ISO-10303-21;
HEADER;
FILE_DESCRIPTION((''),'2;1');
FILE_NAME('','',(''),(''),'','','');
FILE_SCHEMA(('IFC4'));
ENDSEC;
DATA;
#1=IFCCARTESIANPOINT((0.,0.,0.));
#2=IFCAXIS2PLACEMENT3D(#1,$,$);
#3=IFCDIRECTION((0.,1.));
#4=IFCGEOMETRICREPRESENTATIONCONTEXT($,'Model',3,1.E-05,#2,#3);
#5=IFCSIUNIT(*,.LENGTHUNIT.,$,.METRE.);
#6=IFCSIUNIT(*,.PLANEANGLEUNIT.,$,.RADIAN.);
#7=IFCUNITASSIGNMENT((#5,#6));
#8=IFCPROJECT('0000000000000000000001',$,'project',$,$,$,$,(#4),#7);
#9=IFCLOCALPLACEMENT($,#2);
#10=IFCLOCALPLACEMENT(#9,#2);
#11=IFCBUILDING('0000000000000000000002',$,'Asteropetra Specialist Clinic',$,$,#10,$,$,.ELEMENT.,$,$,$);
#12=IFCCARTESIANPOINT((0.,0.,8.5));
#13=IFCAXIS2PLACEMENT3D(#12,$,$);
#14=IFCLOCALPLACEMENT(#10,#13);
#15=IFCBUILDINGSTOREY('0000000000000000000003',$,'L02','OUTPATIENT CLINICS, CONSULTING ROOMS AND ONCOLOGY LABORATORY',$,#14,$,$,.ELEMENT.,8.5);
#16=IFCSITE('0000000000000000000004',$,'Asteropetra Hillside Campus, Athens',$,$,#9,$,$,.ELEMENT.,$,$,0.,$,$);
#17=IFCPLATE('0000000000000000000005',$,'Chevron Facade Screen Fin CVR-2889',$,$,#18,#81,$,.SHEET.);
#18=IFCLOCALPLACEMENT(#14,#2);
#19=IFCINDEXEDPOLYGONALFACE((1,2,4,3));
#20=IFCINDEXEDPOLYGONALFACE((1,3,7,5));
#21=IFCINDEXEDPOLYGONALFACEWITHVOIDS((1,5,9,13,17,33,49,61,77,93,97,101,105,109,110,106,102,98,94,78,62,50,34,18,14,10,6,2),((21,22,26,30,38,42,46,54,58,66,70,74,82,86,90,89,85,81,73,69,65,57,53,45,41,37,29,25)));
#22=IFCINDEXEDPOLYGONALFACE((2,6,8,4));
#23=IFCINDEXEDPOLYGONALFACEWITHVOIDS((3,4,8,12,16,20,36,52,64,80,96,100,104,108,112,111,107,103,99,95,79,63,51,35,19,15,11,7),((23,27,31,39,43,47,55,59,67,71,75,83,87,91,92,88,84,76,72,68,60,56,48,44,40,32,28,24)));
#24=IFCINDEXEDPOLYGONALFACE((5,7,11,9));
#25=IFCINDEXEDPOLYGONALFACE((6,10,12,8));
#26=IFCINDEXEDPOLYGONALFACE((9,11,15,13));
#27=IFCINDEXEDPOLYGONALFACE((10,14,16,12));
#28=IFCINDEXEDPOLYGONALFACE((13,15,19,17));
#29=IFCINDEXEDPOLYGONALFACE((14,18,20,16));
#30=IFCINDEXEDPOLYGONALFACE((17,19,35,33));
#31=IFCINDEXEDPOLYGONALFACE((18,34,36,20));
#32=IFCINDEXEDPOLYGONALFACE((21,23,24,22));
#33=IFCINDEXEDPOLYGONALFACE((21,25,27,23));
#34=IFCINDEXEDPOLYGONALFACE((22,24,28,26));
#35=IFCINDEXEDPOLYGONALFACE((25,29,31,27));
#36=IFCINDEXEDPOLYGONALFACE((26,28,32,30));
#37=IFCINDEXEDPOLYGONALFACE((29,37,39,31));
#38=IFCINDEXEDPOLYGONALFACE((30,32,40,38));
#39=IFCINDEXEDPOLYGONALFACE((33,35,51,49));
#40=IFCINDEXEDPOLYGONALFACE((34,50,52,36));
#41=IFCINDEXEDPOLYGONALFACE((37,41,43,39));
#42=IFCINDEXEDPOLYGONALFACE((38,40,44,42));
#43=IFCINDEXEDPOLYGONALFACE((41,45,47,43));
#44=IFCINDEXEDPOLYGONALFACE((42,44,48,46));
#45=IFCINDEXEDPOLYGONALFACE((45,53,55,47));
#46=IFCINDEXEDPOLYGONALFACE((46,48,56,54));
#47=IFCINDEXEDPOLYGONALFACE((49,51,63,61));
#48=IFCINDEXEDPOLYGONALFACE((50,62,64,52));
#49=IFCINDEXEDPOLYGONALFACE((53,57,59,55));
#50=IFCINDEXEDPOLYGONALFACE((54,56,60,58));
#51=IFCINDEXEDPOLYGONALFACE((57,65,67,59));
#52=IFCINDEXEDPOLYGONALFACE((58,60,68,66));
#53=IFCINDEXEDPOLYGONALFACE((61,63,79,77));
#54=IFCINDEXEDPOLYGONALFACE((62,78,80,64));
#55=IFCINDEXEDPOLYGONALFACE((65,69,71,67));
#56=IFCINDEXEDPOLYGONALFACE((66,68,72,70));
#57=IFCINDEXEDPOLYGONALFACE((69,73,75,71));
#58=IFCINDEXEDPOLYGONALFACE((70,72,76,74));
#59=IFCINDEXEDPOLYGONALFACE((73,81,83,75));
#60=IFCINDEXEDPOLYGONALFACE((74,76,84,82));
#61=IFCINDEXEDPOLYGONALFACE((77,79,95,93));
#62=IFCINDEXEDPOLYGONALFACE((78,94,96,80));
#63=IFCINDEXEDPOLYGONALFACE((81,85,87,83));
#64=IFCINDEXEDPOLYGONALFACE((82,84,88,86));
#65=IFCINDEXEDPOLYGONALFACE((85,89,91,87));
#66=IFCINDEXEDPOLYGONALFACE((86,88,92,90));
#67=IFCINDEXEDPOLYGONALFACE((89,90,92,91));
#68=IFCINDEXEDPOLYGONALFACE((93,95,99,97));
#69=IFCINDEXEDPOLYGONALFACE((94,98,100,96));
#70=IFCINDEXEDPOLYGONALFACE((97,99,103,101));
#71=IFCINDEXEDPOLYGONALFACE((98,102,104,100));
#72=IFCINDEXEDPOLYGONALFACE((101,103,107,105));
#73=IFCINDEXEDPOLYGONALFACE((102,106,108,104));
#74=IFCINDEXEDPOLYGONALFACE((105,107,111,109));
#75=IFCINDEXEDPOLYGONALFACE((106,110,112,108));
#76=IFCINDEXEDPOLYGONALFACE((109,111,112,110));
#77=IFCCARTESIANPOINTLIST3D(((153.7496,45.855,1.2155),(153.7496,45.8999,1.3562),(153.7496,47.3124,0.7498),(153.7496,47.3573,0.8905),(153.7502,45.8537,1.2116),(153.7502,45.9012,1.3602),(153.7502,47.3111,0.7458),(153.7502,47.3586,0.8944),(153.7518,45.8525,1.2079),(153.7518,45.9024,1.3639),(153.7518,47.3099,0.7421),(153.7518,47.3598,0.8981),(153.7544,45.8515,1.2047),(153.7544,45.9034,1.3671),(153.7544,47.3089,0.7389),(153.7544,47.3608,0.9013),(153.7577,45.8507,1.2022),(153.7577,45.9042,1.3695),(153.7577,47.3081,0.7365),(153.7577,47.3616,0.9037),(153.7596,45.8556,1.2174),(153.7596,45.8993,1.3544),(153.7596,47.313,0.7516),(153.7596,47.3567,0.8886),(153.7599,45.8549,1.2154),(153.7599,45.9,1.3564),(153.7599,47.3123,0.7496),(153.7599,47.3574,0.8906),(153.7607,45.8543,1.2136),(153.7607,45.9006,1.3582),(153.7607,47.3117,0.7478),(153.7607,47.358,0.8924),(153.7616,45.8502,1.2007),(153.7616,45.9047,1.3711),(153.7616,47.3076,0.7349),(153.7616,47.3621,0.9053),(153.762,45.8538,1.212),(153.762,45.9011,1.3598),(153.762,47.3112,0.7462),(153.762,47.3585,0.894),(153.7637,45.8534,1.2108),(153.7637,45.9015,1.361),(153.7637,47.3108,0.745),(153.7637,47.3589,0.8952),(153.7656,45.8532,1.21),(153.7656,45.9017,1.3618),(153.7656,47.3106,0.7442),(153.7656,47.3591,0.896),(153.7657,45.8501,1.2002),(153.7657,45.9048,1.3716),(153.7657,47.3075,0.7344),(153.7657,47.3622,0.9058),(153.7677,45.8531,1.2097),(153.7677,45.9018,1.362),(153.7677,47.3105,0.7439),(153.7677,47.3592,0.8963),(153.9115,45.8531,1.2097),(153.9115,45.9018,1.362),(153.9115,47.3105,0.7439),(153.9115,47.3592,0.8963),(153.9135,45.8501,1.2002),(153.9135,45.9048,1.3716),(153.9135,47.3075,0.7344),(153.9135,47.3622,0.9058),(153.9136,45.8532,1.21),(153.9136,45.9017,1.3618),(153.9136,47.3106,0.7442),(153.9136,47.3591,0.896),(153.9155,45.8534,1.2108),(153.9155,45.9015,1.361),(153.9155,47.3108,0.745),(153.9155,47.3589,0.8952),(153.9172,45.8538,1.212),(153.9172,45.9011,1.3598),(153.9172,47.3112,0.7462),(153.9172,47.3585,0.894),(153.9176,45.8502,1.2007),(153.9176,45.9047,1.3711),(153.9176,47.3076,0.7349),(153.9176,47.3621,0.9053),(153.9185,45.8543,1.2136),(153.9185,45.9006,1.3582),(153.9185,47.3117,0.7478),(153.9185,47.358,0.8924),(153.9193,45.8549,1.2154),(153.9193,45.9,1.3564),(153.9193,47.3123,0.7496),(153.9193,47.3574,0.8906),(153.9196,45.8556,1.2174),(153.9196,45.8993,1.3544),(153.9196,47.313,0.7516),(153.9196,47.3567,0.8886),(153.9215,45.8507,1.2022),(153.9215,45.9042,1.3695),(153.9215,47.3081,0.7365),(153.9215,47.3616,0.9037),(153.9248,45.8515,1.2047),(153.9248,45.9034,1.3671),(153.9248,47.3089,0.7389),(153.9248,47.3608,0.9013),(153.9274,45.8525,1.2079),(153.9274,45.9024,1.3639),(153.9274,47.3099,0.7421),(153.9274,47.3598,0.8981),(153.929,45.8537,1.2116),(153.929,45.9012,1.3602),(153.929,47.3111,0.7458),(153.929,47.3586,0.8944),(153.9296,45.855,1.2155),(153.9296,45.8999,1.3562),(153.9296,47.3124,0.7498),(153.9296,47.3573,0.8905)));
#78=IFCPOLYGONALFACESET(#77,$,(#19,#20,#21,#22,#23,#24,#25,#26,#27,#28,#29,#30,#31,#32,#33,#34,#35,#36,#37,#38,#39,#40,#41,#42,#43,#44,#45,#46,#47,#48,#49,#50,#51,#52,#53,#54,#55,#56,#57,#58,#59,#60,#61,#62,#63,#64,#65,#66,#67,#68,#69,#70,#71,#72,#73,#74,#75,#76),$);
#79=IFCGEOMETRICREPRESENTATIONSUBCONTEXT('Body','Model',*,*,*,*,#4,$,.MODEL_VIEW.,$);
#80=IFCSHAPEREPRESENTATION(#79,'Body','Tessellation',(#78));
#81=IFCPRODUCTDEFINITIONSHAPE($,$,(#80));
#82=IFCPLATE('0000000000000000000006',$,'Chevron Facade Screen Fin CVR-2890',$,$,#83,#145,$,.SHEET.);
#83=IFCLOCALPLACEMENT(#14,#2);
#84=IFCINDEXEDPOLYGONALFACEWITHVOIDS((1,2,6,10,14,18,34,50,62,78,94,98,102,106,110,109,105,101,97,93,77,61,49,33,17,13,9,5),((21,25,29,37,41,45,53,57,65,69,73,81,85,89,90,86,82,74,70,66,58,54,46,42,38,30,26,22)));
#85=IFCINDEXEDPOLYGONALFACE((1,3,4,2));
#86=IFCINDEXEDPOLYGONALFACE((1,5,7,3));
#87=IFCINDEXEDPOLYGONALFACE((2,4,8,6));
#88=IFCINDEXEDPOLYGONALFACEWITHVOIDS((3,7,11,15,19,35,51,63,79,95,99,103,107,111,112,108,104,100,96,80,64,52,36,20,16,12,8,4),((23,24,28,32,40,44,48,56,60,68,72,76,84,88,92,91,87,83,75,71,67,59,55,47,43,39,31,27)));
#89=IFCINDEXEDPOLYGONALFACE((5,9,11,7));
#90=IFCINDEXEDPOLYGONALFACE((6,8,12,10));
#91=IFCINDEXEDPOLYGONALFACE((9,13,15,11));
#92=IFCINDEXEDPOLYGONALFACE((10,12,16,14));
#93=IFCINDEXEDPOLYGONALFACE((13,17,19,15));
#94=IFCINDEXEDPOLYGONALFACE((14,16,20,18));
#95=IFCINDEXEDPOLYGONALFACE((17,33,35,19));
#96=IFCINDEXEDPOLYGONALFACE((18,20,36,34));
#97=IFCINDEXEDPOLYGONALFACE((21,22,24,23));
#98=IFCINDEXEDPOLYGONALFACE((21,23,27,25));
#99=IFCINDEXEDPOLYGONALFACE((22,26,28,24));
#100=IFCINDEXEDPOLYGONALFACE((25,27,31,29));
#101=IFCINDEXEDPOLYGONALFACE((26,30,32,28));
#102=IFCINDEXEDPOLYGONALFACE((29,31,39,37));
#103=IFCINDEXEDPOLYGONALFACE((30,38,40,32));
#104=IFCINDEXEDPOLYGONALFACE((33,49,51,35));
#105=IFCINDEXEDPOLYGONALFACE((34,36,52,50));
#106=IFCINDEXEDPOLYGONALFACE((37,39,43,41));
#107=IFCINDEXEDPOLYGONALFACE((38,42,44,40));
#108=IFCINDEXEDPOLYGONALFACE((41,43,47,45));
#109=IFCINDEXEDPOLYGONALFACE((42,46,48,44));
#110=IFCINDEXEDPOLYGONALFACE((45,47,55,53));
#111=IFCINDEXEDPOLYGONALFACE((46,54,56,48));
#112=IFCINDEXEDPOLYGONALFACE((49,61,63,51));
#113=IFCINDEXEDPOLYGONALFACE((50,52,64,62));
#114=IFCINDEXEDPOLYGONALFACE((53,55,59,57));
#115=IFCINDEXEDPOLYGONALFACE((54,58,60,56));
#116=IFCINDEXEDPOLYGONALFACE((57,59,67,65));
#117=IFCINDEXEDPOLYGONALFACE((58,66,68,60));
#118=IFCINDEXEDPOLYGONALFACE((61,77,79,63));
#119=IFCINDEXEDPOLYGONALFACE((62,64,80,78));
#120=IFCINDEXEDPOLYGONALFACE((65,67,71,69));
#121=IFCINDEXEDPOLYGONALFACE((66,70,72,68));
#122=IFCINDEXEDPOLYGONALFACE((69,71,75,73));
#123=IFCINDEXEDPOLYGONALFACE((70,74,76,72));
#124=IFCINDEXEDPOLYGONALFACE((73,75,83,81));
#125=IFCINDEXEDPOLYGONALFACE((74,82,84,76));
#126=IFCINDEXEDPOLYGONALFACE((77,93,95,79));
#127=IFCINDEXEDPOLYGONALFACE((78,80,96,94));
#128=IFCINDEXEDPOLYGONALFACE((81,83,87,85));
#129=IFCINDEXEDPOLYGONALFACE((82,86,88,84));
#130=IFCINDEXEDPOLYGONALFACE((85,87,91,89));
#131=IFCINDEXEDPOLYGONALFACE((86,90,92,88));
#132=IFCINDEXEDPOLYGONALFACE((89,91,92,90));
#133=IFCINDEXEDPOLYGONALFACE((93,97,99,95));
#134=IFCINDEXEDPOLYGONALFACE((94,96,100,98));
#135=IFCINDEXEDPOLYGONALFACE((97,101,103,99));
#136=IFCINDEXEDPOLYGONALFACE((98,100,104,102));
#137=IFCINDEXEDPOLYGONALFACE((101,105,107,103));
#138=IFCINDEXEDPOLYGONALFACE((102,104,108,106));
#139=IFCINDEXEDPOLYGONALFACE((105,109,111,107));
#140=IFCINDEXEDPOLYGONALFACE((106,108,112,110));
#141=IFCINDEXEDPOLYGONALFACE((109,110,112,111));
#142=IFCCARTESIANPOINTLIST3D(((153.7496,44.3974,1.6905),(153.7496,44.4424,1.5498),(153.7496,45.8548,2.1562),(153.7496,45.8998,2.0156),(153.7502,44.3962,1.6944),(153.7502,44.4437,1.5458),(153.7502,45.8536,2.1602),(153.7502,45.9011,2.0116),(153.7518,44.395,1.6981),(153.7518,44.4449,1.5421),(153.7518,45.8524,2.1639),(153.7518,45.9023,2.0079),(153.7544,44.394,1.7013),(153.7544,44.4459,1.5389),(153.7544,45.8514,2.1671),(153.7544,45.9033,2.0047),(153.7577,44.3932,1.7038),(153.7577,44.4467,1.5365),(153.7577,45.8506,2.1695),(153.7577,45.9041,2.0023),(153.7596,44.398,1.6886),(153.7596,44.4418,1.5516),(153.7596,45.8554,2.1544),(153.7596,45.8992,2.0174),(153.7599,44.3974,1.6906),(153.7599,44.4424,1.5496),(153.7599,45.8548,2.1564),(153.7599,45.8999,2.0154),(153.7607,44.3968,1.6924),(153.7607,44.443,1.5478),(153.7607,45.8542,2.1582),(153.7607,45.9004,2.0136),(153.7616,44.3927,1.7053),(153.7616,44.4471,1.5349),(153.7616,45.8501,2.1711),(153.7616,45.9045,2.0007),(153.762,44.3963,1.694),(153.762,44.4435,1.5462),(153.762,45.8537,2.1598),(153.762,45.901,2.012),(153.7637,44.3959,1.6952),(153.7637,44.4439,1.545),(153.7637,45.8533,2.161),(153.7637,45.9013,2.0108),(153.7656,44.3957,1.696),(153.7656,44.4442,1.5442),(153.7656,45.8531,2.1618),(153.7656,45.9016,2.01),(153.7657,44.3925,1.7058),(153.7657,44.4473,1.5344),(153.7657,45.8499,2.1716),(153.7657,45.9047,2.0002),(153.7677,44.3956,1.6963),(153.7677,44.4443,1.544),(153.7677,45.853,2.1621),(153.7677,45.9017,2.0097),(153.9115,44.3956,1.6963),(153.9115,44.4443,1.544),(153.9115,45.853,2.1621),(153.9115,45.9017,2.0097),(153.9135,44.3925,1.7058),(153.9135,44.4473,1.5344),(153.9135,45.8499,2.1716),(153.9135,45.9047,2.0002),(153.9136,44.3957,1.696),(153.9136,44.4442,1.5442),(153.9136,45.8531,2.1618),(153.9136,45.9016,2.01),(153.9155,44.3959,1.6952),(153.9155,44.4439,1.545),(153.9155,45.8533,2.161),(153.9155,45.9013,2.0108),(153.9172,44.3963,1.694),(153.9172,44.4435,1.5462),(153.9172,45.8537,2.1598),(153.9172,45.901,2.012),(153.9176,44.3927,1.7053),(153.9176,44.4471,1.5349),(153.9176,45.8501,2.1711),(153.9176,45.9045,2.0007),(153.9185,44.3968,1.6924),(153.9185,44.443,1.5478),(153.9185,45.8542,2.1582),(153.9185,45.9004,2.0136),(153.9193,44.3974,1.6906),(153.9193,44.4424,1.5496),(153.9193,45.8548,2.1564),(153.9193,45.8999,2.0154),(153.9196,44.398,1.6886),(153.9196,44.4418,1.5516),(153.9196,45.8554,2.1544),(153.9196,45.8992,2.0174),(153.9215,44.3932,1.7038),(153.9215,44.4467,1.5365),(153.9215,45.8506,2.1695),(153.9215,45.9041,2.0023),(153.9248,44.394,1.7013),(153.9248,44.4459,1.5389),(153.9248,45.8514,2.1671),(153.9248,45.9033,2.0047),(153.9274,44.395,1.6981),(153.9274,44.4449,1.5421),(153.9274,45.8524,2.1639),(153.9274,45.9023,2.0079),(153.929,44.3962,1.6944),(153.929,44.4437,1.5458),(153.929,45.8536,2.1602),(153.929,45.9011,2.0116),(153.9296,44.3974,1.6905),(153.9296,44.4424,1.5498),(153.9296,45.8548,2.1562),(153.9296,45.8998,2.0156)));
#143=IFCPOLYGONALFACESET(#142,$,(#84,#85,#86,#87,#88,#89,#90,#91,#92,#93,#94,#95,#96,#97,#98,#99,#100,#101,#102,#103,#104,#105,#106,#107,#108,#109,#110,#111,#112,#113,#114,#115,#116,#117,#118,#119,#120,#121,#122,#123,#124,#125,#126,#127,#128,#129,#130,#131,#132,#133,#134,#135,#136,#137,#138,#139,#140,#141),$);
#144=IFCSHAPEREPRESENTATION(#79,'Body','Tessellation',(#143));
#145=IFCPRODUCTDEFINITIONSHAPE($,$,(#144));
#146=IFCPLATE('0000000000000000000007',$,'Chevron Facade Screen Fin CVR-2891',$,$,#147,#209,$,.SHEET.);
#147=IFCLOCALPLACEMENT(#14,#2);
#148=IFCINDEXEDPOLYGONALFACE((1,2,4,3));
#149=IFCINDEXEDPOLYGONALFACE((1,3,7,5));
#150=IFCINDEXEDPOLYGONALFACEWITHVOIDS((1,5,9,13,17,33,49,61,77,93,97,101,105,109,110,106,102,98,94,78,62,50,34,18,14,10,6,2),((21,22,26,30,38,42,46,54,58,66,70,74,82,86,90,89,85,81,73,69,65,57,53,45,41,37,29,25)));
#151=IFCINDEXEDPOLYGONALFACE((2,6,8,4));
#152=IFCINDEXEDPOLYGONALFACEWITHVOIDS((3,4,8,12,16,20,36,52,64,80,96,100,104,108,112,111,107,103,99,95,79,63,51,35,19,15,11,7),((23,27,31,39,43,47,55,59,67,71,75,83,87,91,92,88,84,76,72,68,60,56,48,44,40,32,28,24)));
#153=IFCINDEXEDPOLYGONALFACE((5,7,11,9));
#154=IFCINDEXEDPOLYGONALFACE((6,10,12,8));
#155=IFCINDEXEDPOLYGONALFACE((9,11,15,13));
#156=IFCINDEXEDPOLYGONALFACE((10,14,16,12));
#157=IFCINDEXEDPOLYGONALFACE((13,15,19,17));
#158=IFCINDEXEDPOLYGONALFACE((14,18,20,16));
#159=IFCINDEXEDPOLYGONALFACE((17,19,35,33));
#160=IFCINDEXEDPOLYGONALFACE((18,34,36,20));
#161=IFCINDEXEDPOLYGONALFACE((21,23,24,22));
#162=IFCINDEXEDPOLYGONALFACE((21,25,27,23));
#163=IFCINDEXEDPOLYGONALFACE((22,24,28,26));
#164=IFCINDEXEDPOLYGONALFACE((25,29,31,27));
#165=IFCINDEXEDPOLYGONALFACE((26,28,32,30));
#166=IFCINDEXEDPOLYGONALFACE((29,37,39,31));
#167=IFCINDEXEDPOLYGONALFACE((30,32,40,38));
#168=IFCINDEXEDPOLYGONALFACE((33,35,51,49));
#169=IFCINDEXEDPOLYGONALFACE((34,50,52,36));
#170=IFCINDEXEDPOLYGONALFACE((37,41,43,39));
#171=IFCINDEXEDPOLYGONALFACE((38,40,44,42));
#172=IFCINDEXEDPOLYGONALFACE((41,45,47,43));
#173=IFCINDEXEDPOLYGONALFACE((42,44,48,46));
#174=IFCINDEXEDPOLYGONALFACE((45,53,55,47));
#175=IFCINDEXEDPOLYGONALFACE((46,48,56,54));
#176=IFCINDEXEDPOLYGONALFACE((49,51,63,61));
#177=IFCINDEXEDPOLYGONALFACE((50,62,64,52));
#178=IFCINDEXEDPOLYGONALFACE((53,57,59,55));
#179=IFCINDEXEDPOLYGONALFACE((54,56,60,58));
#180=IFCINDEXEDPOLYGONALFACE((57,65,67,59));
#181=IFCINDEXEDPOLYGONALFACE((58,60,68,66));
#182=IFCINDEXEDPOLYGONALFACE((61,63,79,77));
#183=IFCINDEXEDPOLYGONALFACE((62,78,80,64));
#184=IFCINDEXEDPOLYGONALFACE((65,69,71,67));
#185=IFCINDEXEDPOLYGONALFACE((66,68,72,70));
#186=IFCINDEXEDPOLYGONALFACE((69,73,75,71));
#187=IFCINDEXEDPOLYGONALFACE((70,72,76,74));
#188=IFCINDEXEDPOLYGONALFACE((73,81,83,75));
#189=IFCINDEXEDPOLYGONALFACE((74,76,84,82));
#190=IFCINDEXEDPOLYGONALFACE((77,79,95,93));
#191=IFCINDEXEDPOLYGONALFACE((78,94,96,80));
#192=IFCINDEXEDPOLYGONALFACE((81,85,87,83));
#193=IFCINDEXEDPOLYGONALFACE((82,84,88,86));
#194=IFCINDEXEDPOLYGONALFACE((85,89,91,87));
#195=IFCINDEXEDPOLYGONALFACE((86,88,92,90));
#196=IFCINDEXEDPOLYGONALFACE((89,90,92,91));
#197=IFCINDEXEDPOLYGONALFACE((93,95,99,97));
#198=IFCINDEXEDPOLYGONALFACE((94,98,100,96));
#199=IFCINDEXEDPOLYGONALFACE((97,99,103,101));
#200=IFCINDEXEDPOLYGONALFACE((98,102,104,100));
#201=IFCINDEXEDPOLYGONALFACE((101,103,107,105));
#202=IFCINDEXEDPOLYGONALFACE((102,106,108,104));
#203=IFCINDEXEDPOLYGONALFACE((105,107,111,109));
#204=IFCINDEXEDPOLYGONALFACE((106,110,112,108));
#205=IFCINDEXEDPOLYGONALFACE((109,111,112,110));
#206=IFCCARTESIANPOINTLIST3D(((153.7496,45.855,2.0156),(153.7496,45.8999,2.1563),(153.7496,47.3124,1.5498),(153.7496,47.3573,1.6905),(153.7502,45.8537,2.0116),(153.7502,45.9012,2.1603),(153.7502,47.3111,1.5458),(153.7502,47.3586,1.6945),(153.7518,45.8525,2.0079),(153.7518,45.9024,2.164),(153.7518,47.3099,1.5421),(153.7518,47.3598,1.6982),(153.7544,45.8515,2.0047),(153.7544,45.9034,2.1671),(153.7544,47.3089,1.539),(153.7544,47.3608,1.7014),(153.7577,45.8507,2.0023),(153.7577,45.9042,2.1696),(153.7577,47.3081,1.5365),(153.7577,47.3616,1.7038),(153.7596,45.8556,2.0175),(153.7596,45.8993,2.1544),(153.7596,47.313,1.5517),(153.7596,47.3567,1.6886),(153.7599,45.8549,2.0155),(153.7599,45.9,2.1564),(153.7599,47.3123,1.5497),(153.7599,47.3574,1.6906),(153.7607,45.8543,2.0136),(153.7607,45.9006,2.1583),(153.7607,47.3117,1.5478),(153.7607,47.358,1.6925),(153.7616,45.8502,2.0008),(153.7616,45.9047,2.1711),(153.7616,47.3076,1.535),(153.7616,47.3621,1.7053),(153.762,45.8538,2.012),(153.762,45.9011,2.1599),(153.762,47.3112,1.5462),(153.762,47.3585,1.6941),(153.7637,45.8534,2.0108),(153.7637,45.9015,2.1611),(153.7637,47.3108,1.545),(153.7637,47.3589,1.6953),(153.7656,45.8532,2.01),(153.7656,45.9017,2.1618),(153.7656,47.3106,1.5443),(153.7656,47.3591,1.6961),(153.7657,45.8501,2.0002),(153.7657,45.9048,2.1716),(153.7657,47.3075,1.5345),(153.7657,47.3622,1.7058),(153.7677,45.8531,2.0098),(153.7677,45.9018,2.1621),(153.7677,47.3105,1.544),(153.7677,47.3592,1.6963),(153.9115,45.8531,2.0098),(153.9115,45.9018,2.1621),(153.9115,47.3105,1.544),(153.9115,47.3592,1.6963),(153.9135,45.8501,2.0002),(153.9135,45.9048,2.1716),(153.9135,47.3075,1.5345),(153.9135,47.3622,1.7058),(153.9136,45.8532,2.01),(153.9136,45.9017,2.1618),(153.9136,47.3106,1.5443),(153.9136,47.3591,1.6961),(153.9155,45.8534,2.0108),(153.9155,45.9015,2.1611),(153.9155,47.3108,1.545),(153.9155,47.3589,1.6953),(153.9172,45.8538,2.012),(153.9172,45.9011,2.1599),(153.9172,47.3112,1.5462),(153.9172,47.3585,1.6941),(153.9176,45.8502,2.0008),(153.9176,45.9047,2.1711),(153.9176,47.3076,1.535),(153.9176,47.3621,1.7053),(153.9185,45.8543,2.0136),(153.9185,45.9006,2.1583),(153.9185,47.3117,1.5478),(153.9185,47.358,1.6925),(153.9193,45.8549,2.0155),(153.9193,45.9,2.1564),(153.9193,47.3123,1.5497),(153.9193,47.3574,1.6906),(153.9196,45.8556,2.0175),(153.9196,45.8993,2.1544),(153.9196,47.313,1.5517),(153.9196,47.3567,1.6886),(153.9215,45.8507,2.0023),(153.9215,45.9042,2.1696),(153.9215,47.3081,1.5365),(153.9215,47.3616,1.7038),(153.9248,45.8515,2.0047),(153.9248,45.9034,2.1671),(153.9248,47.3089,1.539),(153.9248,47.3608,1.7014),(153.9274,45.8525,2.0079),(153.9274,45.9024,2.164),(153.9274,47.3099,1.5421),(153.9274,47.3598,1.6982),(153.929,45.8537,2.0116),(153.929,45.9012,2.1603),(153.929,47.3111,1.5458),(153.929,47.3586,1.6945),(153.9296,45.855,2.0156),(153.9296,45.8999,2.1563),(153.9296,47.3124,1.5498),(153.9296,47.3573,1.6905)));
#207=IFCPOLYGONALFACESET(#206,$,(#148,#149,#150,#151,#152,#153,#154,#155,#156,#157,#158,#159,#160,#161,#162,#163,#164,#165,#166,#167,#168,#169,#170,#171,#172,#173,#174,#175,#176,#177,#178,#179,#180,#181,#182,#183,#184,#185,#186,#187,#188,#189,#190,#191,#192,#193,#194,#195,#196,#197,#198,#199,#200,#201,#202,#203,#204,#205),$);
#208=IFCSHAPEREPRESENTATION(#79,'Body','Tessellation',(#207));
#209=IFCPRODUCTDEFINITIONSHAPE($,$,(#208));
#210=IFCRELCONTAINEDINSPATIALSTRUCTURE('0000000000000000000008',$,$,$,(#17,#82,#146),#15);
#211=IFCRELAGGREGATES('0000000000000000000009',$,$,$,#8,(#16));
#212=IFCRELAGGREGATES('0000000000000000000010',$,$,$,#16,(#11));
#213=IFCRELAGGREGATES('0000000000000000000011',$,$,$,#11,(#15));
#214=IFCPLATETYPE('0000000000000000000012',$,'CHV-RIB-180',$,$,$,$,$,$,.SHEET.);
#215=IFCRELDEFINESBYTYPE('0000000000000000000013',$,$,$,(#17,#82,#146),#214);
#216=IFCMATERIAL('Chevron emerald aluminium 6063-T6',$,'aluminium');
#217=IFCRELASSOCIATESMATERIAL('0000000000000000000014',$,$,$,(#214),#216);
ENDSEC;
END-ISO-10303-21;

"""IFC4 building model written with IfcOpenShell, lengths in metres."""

from ifc_helpers import new_model, si_unit, direction, frame, origin, origin_2d, place, context, subcontext, project, spatial, hollow_rectangle, extrude, material, material_profile, profile_set, type_object, element, save


model = new_model("IFC4")

# Units and contexts
model_context = context("Model", 3, precision=1e-05, world=origin(), true_north=direction((0.0, 1.0)))
body_context = subcontext(model_context, "Body", "Model", "MODEL_VIEW")
ifc_project = project(units=[si_unit("LENGTHUNIT", "METRE"), si_unit("PLANEANGLEUNIT", "RADIAN")], contexts=[model_context])

# Site, building, storey
site_placement = place(None, origin())
site = spatial("IfcSite", under=ifc_project, at=site_placement, Name="Asteropetra Hillside Campus, Athens", CompositionType="ELEMENT", RefElevation=0.0)
building_placement = place(site_placement, origin())
building = spatial("IfcBuilding", under=site, at=building_placement, Name="Asteropetra Specialist Clinic", CompositionType="ELEMENT")
storey_placement = place(building_placement, frame((0.0, 0.0, 8.5)))
storey = spatial("IfcBuildingStorey", under=building, at=storey_placement, Name="L02", Description="OUTPATIENT CLINICS, CONSULTING ROOMS AND ONCOLOGY LABORATORY", CompositionType="ELEMENT", Elevation=8.5)

# Plates
ifc_material_1 = material(Name="Chevron emerald aluminium 6063-T6", Category="aluminium")
ifc_material_profile = material_profile(ifc_material_1, hollow_rectangle(XDim=0.1799, YDim=0.1799, WallThickness=0.01, InnerFilletRadius=0.0081, OuterFilletRadius=0.0161, at=origin_2d()), Name="SHS 180x180x10.0")
ifc_profile_set = profile_set([ifc_material_profile], Name="Chevron emerald aluminium 6063-T6")
plate_type = type_object("IfcPlateType", Name="CHV-RIB-180", PredefinedType="SHEET", material=ifc_profile_set)
for number, where, z_axis, x_axis, name in (
    (1, (153.8396, 45.8774, 1.2859), (0.0, 0.952535, -0.304428), (-1.0, 0.0, 0.0), "Chevron Facade Screen Fin CVR-2889"),
    (2, (153.8396, 44.4199, 1.6201), (0.0, 0.952535, 0.304428), (-1.0, 0.0, 0.0), "Chevron Facade Screen Fin CVR-2890"),
    (3, (153.8396, 45.8774, 2.0859), (0.0, 0.952535, -0.304428), (-1.0, 0.0, 0.0), "Chevron Facade Screen Fin CVR-2891"),
):
    element("IfcPlate", number, at=place(storey_placement, frame(where, z_axis=z_axis, x_axis=x_axis)), inside=storey, type_object=plate_type, Name=name, PredefinedType="SHEET", context=body_context, shape_type="SweptSolid", body=[
        extrude(hollow_rectangle(XDim=0.1799, YDim=0.1799, WallThickness=0.01, InnerFilletRadius=0.0081, OuterFilletRadius=0.0161, at=origin_2d()), origin(), (0.0, 0.0, 1.0), 1.53),
    ])

save(model, "model.ifc")
